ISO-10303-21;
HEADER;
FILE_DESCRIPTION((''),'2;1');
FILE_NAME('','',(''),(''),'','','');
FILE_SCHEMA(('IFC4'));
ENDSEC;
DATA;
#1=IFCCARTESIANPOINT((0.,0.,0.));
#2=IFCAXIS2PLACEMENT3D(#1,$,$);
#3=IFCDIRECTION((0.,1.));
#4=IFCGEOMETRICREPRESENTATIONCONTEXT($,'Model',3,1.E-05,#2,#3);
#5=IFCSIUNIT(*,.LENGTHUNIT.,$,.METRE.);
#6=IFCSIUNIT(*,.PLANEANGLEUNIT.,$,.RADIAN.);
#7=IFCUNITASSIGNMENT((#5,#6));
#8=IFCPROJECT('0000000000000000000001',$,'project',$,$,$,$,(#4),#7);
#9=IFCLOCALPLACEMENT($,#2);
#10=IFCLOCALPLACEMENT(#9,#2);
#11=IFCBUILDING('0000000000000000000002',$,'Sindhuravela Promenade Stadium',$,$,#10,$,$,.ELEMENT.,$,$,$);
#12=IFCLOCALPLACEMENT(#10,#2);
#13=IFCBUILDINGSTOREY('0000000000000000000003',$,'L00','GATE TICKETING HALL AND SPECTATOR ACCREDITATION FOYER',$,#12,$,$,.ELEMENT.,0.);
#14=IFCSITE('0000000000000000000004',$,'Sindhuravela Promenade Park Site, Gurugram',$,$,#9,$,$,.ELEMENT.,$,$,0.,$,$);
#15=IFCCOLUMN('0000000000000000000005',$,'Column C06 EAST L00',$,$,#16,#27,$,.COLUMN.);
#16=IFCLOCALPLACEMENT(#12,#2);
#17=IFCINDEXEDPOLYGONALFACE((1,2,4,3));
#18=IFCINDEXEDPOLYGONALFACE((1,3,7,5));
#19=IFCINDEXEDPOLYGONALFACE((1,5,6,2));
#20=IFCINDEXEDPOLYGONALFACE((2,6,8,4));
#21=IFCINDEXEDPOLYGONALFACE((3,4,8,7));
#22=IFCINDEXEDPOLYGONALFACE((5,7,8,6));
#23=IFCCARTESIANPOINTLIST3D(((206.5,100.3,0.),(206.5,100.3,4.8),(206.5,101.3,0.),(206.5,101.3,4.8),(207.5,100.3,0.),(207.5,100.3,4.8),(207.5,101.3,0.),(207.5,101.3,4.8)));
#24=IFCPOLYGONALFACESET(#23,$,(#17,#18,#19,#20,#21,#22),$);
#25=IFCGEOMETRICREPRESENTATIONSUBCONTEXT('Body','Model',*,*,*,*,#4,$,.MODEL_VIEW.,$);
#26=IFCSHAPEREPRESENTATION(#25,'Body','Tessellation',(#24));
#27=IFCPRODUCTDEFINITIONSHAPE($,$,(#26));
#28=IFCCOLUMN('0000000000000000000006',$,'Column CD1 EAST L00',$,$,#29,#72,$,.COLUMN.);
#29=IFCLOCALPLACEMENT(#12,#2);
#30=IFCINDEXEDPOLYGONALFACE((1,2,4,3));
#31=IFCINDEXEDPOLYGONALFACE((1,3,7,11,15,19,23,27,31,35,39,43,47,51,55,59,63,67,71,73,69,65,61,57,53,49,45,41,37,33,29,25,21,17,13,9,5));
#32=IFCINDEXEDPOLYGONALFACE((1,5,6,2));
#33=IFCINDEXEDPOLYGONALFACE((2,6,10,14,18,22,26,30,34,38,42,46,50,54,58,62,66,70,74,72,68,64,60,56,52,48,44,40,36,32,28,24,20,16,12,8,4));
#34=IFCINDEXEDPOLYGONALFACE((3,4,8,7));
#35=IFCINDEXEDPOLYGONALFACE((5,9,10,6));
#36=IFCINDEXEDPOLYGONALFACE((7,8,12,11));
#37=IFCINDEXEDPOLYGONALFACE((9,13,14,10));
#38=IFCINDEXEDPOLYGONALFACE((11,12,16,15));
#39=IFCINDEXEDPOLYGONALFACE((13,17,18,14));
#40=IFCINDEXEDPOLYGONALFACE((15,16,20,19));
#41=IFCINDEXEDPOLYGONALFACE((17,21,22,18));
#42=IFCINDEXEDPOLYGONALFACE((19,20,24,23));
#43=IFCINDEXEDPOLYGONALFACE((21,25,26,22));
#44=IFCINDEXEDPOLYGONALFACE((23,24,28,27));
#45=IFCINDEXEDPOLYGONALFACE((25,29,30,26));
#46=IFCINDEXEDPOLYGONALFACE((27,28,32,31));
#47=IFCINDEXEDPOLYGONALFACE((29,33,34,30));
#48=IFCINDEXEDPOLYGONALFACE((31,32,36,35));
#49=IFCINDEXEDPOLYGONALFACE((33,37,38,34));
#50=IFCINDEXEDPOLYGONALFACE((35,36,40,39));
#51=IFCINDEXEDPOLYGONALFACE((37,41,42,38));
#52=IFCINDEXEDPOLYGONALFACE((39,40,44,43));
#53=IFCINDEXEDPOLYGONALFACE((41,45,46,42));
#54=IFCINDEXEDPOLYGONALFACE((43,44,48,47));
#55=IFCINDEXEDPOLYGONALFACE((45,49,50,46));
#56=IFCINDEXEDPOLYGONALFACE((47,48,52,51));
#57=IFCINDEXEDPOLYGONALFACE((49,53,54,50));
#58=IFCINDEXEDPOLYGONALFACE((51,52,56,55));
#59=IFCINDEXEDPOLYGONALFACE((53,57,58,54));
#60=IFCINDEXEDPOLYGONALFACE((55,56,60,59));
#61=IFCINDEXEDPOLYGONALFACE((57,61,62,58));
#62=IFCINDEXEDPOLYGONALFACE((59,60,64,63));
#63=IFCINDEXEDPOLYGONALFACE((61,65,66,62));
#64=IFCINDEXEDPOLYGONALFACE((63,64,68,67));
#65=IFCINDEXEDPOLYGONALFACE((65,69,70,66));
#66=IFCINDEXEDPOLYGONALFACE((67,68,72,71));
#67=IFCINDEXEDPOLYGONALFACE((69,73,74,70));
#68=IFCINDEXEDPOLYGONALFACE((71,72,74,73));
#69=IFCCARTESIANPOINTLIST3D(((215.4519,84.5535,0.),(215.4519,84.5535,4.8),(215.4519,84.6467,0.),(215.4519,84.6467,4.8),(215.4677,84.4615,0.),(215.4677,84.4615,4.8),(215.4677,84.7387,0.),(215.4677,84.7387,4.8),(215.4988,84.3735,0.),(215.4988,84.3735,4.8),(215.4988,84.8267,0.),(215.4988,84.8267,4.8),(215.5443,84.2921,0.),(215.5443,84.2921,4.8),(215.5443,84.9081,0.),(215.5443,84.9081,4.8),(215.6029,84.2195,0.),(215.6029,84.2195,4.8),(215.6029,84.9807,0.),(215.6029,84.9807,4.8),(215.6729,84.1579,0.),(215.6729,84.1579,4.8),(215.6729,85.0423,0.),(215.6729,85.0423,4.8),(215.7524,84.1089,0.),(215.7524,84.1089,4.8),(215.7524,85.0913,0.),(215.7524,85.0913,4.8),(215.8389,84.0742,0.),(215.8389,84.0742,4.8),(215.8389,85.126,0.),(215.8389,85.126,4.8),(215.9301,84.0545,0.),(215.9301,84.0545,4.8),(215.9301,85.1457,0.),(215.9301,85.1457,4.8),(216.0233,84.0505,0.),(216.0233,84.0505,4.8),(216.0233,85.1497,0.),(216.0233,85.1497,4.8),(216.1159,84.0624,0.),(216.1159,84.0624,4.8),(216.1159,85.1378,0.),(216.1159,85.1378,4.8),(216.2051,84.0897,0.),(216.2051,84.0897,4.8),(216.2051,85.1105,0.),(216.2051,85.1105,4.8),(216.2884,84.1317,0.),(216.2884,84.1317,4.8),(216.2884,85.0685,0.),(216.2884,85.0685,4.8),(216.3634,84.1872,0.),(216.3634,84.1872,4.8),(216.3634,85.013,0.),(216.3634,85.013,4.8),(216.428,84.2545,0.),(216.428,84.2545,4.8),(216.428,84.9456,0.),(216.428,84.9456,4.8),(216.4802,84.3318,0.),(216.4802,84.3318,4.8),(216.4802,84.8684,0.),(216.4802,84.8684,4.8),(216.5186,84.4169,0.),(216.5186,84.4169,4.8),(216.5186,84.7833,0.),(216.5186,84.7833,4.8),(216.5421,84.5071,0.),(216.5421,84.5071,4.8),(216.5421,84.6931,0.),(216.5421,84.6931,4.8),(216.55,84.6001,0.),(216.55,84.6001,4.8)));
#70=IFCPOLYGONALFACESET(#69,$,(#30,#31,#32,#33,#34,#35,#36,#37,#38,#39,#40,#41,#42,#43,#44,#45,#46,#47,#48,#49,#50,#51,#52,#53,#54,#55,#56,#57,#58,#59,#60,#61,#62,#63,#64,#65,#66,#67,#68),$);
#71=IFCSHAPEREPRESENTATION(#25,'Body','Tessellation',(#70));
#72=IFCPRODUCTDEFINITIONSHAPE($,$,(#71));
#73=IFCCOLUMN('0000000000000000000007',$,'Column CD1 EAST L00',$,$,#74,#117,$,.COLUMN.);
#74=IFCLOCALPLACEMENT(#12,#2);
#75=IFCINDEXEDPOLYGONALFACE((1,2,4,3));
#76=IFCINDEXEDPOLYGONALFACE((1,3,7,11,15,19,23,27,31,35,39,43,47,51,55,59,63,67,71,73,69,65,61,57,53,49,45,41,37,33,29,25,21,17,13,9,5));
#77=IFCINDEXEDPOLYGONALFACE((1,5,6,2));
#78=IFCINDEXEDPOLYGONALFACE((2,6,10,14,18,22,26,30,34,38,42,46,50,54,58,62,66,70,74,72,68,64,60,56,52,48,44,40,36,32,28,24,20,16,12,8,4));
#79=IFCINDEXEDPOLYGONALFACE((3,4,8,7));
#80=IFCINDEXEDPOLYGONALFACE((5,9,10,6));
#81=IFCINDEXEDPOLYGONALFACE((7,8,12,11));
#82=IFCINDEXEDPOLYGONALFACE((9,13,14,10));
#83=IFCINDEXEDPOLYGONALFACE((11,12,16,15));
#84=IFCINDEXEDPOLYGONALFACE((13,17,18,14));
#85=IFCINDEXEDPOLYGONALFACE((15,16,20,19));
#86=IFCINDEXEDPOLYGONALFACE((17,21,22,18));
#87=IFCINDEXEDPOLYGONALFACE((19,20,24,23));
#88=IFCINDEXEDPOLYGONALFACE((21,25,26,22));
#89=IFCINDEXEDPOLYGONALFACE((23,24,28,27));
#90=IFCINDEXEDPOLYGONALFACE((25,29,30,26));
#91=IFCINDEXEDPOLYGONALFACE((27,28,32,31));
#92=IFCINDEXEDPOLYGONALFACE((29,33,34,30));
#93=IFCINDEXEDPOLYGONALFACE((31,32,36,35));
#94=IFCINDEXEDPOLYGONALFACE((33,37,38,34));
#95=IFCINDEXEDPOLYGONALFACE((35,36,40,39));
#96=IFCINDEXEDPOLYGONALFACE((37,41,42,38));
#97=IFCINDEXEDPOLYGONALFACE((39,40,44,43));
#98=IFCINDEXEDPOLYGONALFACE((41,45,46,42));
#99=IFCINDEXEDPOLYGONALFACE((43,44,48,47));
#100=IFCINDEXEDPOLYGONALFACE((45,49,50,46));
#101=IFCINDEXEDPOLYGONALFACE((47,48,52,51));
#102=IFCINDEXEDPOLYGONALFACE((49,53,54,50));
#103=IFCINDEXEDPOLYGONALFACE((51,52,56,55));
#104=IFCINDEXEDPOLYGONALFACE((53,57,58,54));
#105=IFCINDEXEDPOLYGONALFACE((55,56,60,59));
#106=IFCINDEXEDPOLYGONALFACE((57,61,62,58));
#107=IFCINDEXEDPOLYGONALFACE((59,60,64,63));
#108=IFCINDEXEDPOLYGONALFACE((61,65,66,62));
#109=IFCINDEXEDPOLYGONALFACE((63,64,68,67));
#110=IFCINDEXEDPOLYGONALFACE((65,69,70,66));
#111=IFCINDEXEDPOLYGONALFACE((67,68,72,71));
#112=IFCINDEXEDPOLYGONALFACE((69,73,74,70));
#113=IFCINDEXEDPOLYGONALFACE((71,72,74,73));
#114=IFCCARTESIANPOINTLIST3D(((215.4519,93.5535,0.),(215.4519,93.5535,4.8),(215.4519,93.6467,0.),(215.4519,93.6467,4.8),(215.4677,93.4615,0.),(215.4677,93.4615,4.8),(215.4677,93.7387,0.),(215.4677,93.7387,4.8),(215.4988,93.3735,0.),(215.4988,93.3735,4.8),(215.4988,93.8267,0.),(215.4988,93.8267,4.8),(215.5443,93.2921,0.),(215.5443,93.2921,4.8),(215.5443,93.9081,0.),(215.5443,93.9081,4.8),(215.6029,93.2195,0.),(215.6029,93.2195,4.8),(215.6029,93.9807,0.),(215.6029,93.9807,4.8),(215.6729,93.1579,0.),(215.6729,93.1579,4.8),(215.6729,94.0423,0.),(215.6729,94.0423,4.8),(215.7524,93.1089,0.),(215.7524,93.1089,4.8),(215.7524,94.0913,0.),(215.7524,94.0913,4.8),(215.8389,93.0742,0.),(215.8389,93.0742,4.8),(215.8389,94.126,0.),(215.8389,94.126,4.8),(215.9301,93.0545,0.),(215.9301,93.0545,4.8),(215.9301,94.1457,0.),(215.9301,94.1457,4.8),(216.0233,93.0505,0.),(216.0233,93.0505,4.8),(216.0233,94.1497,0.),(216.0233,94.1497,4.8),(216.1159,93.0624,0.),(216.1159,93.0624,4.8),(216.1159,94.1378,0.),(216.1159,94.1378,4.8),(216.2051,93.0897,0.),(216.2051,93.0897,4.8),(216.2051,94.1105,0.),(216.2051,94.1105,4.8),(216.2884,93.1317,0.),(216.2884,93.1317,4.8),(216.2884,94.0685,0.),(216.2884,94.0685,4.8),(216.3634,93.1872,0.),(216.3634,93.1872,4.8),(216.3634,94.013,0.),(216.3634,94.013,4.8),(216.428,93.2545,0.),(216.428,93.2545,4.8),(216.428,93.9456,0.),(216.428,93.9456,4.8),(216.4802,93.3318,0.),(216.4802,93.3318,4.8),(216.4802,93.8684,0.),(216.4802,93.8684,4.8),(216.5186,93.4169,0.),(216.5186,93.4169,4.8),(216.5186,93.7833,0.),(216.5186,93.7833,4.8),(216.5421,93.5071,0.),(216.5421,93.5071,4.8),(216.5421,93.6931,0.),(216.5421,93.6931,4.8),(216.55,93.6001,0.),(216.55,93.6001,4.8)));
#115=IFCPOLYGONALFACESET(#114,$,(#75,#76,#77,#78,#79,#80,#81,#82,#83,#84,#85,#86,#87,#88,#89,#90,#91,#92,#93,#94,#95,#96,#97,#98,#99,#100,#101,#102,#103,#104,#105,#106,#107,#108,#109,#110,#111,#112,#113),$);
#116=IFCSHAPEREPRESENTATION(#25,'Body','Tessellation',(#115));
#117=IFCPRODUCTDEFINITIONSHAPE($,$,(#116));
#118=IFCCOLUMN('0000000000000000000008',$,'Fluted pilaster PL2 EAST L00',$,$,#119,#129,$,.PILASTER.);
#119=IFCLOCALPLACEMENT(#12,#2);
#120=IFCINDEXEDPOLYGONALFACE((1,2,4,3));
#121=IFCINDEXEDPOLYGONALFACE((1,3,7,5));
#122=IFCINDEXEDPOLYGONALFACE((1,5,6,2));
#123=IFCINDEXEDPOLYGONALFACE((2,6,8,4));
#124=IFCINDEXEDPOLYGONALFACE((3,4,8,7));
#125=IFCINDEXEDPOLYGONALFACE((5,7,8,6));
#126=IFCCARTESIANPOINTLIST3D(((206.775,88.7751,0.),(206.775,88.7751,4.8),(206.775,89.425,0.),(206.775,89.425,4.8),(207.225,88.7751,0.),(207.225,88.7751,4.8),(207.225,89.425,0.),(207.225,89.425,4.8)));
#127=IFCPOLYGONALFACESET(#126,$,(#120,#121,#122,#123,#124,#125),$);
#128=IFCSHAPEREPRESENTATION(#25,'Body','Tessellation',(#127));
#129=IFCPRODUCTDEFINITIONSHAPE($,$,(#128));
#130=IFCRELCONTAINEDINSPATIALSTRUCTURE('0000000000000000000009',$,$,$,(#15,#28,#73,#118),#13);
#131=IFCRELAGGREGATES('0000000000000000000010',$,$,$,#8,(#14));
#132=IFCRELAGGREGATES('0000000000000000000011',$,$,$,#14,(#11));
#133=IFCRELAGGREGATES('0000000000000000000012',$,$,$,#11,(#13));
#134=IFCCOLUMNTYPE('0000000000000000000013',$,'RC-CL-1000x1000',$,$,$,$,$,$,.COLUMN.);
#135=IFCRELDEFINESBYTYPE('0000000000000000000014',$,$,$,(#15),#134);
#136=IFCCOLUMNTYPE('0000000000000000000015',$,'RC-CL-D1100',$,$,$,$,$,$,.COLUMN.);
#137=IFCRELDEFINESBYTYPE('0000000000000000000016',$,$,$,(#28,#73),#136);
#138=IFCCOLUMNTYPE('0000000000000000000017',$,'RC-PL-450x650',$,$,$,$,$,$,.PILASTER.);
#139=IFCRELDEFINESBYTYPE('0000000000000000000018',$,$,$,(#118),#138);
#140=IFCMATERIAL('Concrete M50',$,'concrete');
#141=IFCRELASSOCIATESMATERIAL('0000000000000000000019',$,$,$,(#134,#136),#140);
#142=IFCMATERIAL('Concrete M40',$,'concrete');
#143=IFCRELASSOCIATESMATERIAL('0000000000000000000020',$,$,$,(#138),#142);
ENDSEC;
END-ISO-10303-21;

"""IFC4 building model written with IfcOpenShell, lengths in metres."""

from ifc_helpers import new_model, si_unit, direction, frame, origin, origin_2d, place, context, subcontext, project, spatial, rectangle, circle, extrude, material, material_profile, profile_set, type_object, element, save


model = new_model("IFC4")

# Units and contexts
model_context = context("Model", 3, precision=1e-05, world=origin(), true_north=direction((0.0, 1.0)))
body_context = subcontext(model_context, "Body", "Model", "MODEL_VIEW")
ifc_project = project(units=[si_unit("LENGTHUNIT", "METRE"), si_unit("PLANEANGLEUNIT", "RADIAN")], contexts=[model_context])

# Site, building, storey
site_placement = place(None, origin())
site = spatial("IfcSite", under=ifc_project, at=site_placement, Name="Sindhuravela Promenade Park Site, Gurugram", CompositionType="ELEMENT", RefElevation=0.0)
building_placement = place(site_placement, origin())
building = spatial("IfcBuilding", under=site, at=building_placement, Name="Sindhuravela Promenade Stadium", CompositionType="ELEMENT")
storey_placement = place(building_placement, origin())
storey = spatial("IfcBuildingStorey", under=building, at=storey_placement, Name="L00", Description="GATE TICKETING HALL AND SPECTATOR ACCREDITATION FOYER", CompositionType="ELEMENT", Elevation=0.0)

# Shared definitions
ifc_material_1 = material(Name="Concrete M50", Category="concrete")

# Shared definitions
ifc_material_2 = material(Name="Concrete M40", Category="concrete")

# Columns
ifc_material_profile_1 = material_profile(ifc_material_1, rectangle(XDim=1.0, YDim=1.0, at=origin_2d()), Name="RC 1000x1000")
ifc_profile_set_1 = profile_set([ifc_material_profile_1], Name="Concrete M50")
column_type_1 = type_object("IfcColumnType", Name="RC-CL-1000x1000", PredefinedType="COLUMN", material=ifc_profile_set_1)
for number, where, z_axis, x_axis, name in (
    (1, (207.0, 100.8, 0.0), (0.0, 0.0, 1.0), (1.0, 0.0, 0.0), "Column C06 EAST L00"),
):
    element("IfcColumn", number, at=place(storey_placement, frame(where, z_axis=z_axis, x_axis=x_axis)), inside=storey, type_object=column_type_1, Name=name, PredefinedType="COLUMN", context=body_context, shape_type="SweptSolid", body=[
        extrude(rectangle(XDim=1.0, YDim=1.0, at=origin_2d()), origin(), (0.0, 0.0, 1.0), 4.8),
    ])
ifc_material_profile_2 = material_profile(ifc_material_1, circle(Radius=0.55, at=origin_2d()), Name="RC D1100")
ifc_profile_set_2 = profile_set([ifc_material_profile_2], Name="Concrete M50")
column_type_2 = type_object("IfcColumnType", Name="RC-CL-D1100", PredefinedType="COLUMN", material=ifc_profile_set_2)
for number, where, z_axis, x_axis, name in (
    (2, (216.0, 84.6001, 0.0), (0.0, 0.0, 1.0), (1.0, 0.0, 0.0), "Column CD1 EAST L00"),
    (3, (216.0, 93.6001, 0.0), (0.0, 0.0, 1.0), (1.0, 0.0, 0.0), "Column CD1 EAST L00"),
):
    element("IfcColumn", number, at=place(storey_placement, frame(where, z_axis=z_axis, x_axis=x_axis)), inside=storey, type_object=column_type_2, Name=name, PredefinedType="COLUMN", context=body_context, shape_type="SweptSolid", body=[
        extrude(circle(Radius=0.55, at=origin_2d()), origin(), (0.0, 0.0, 1.0), 4.8),
    ])
ifc_material_profile_3 = material_profile(ifc_material_2, rectangle(XDim=0.45, YDim=0.6499, at=origin_2d()), Name="PIL 450x650")
ifc_profile_set_3 = profile_set([ifc_material_profile_3], Name="Concrete M40")
column_type_3 = type_object("IfcColumnType", Name="RC-PL-450x650", PredefinedType="PILASTER", material=ifc_profile_set_3)
column_placement = place(storey_placement, frame((207.0, 89.1001, 0.0), z_axis=(0.0, 0.0, 1.0), x_axis=(1.0, 0.0, 0.0)))
element("IfcColumn", 4, at=column_placement, inside=storey, type_object=column_type_3, Name="Fluted pilaster PL2 EAST L00", PredefinedType="PILASTER", context=body_context, shape_type="SweptSolid", body=[
    extrude(rectangle(XDim=0.45, YDim=0.6499, at=origin_2d()), origin(), (0.0, 0.0, 1.0), 4.8),
])

save(model, "model.ifc")
